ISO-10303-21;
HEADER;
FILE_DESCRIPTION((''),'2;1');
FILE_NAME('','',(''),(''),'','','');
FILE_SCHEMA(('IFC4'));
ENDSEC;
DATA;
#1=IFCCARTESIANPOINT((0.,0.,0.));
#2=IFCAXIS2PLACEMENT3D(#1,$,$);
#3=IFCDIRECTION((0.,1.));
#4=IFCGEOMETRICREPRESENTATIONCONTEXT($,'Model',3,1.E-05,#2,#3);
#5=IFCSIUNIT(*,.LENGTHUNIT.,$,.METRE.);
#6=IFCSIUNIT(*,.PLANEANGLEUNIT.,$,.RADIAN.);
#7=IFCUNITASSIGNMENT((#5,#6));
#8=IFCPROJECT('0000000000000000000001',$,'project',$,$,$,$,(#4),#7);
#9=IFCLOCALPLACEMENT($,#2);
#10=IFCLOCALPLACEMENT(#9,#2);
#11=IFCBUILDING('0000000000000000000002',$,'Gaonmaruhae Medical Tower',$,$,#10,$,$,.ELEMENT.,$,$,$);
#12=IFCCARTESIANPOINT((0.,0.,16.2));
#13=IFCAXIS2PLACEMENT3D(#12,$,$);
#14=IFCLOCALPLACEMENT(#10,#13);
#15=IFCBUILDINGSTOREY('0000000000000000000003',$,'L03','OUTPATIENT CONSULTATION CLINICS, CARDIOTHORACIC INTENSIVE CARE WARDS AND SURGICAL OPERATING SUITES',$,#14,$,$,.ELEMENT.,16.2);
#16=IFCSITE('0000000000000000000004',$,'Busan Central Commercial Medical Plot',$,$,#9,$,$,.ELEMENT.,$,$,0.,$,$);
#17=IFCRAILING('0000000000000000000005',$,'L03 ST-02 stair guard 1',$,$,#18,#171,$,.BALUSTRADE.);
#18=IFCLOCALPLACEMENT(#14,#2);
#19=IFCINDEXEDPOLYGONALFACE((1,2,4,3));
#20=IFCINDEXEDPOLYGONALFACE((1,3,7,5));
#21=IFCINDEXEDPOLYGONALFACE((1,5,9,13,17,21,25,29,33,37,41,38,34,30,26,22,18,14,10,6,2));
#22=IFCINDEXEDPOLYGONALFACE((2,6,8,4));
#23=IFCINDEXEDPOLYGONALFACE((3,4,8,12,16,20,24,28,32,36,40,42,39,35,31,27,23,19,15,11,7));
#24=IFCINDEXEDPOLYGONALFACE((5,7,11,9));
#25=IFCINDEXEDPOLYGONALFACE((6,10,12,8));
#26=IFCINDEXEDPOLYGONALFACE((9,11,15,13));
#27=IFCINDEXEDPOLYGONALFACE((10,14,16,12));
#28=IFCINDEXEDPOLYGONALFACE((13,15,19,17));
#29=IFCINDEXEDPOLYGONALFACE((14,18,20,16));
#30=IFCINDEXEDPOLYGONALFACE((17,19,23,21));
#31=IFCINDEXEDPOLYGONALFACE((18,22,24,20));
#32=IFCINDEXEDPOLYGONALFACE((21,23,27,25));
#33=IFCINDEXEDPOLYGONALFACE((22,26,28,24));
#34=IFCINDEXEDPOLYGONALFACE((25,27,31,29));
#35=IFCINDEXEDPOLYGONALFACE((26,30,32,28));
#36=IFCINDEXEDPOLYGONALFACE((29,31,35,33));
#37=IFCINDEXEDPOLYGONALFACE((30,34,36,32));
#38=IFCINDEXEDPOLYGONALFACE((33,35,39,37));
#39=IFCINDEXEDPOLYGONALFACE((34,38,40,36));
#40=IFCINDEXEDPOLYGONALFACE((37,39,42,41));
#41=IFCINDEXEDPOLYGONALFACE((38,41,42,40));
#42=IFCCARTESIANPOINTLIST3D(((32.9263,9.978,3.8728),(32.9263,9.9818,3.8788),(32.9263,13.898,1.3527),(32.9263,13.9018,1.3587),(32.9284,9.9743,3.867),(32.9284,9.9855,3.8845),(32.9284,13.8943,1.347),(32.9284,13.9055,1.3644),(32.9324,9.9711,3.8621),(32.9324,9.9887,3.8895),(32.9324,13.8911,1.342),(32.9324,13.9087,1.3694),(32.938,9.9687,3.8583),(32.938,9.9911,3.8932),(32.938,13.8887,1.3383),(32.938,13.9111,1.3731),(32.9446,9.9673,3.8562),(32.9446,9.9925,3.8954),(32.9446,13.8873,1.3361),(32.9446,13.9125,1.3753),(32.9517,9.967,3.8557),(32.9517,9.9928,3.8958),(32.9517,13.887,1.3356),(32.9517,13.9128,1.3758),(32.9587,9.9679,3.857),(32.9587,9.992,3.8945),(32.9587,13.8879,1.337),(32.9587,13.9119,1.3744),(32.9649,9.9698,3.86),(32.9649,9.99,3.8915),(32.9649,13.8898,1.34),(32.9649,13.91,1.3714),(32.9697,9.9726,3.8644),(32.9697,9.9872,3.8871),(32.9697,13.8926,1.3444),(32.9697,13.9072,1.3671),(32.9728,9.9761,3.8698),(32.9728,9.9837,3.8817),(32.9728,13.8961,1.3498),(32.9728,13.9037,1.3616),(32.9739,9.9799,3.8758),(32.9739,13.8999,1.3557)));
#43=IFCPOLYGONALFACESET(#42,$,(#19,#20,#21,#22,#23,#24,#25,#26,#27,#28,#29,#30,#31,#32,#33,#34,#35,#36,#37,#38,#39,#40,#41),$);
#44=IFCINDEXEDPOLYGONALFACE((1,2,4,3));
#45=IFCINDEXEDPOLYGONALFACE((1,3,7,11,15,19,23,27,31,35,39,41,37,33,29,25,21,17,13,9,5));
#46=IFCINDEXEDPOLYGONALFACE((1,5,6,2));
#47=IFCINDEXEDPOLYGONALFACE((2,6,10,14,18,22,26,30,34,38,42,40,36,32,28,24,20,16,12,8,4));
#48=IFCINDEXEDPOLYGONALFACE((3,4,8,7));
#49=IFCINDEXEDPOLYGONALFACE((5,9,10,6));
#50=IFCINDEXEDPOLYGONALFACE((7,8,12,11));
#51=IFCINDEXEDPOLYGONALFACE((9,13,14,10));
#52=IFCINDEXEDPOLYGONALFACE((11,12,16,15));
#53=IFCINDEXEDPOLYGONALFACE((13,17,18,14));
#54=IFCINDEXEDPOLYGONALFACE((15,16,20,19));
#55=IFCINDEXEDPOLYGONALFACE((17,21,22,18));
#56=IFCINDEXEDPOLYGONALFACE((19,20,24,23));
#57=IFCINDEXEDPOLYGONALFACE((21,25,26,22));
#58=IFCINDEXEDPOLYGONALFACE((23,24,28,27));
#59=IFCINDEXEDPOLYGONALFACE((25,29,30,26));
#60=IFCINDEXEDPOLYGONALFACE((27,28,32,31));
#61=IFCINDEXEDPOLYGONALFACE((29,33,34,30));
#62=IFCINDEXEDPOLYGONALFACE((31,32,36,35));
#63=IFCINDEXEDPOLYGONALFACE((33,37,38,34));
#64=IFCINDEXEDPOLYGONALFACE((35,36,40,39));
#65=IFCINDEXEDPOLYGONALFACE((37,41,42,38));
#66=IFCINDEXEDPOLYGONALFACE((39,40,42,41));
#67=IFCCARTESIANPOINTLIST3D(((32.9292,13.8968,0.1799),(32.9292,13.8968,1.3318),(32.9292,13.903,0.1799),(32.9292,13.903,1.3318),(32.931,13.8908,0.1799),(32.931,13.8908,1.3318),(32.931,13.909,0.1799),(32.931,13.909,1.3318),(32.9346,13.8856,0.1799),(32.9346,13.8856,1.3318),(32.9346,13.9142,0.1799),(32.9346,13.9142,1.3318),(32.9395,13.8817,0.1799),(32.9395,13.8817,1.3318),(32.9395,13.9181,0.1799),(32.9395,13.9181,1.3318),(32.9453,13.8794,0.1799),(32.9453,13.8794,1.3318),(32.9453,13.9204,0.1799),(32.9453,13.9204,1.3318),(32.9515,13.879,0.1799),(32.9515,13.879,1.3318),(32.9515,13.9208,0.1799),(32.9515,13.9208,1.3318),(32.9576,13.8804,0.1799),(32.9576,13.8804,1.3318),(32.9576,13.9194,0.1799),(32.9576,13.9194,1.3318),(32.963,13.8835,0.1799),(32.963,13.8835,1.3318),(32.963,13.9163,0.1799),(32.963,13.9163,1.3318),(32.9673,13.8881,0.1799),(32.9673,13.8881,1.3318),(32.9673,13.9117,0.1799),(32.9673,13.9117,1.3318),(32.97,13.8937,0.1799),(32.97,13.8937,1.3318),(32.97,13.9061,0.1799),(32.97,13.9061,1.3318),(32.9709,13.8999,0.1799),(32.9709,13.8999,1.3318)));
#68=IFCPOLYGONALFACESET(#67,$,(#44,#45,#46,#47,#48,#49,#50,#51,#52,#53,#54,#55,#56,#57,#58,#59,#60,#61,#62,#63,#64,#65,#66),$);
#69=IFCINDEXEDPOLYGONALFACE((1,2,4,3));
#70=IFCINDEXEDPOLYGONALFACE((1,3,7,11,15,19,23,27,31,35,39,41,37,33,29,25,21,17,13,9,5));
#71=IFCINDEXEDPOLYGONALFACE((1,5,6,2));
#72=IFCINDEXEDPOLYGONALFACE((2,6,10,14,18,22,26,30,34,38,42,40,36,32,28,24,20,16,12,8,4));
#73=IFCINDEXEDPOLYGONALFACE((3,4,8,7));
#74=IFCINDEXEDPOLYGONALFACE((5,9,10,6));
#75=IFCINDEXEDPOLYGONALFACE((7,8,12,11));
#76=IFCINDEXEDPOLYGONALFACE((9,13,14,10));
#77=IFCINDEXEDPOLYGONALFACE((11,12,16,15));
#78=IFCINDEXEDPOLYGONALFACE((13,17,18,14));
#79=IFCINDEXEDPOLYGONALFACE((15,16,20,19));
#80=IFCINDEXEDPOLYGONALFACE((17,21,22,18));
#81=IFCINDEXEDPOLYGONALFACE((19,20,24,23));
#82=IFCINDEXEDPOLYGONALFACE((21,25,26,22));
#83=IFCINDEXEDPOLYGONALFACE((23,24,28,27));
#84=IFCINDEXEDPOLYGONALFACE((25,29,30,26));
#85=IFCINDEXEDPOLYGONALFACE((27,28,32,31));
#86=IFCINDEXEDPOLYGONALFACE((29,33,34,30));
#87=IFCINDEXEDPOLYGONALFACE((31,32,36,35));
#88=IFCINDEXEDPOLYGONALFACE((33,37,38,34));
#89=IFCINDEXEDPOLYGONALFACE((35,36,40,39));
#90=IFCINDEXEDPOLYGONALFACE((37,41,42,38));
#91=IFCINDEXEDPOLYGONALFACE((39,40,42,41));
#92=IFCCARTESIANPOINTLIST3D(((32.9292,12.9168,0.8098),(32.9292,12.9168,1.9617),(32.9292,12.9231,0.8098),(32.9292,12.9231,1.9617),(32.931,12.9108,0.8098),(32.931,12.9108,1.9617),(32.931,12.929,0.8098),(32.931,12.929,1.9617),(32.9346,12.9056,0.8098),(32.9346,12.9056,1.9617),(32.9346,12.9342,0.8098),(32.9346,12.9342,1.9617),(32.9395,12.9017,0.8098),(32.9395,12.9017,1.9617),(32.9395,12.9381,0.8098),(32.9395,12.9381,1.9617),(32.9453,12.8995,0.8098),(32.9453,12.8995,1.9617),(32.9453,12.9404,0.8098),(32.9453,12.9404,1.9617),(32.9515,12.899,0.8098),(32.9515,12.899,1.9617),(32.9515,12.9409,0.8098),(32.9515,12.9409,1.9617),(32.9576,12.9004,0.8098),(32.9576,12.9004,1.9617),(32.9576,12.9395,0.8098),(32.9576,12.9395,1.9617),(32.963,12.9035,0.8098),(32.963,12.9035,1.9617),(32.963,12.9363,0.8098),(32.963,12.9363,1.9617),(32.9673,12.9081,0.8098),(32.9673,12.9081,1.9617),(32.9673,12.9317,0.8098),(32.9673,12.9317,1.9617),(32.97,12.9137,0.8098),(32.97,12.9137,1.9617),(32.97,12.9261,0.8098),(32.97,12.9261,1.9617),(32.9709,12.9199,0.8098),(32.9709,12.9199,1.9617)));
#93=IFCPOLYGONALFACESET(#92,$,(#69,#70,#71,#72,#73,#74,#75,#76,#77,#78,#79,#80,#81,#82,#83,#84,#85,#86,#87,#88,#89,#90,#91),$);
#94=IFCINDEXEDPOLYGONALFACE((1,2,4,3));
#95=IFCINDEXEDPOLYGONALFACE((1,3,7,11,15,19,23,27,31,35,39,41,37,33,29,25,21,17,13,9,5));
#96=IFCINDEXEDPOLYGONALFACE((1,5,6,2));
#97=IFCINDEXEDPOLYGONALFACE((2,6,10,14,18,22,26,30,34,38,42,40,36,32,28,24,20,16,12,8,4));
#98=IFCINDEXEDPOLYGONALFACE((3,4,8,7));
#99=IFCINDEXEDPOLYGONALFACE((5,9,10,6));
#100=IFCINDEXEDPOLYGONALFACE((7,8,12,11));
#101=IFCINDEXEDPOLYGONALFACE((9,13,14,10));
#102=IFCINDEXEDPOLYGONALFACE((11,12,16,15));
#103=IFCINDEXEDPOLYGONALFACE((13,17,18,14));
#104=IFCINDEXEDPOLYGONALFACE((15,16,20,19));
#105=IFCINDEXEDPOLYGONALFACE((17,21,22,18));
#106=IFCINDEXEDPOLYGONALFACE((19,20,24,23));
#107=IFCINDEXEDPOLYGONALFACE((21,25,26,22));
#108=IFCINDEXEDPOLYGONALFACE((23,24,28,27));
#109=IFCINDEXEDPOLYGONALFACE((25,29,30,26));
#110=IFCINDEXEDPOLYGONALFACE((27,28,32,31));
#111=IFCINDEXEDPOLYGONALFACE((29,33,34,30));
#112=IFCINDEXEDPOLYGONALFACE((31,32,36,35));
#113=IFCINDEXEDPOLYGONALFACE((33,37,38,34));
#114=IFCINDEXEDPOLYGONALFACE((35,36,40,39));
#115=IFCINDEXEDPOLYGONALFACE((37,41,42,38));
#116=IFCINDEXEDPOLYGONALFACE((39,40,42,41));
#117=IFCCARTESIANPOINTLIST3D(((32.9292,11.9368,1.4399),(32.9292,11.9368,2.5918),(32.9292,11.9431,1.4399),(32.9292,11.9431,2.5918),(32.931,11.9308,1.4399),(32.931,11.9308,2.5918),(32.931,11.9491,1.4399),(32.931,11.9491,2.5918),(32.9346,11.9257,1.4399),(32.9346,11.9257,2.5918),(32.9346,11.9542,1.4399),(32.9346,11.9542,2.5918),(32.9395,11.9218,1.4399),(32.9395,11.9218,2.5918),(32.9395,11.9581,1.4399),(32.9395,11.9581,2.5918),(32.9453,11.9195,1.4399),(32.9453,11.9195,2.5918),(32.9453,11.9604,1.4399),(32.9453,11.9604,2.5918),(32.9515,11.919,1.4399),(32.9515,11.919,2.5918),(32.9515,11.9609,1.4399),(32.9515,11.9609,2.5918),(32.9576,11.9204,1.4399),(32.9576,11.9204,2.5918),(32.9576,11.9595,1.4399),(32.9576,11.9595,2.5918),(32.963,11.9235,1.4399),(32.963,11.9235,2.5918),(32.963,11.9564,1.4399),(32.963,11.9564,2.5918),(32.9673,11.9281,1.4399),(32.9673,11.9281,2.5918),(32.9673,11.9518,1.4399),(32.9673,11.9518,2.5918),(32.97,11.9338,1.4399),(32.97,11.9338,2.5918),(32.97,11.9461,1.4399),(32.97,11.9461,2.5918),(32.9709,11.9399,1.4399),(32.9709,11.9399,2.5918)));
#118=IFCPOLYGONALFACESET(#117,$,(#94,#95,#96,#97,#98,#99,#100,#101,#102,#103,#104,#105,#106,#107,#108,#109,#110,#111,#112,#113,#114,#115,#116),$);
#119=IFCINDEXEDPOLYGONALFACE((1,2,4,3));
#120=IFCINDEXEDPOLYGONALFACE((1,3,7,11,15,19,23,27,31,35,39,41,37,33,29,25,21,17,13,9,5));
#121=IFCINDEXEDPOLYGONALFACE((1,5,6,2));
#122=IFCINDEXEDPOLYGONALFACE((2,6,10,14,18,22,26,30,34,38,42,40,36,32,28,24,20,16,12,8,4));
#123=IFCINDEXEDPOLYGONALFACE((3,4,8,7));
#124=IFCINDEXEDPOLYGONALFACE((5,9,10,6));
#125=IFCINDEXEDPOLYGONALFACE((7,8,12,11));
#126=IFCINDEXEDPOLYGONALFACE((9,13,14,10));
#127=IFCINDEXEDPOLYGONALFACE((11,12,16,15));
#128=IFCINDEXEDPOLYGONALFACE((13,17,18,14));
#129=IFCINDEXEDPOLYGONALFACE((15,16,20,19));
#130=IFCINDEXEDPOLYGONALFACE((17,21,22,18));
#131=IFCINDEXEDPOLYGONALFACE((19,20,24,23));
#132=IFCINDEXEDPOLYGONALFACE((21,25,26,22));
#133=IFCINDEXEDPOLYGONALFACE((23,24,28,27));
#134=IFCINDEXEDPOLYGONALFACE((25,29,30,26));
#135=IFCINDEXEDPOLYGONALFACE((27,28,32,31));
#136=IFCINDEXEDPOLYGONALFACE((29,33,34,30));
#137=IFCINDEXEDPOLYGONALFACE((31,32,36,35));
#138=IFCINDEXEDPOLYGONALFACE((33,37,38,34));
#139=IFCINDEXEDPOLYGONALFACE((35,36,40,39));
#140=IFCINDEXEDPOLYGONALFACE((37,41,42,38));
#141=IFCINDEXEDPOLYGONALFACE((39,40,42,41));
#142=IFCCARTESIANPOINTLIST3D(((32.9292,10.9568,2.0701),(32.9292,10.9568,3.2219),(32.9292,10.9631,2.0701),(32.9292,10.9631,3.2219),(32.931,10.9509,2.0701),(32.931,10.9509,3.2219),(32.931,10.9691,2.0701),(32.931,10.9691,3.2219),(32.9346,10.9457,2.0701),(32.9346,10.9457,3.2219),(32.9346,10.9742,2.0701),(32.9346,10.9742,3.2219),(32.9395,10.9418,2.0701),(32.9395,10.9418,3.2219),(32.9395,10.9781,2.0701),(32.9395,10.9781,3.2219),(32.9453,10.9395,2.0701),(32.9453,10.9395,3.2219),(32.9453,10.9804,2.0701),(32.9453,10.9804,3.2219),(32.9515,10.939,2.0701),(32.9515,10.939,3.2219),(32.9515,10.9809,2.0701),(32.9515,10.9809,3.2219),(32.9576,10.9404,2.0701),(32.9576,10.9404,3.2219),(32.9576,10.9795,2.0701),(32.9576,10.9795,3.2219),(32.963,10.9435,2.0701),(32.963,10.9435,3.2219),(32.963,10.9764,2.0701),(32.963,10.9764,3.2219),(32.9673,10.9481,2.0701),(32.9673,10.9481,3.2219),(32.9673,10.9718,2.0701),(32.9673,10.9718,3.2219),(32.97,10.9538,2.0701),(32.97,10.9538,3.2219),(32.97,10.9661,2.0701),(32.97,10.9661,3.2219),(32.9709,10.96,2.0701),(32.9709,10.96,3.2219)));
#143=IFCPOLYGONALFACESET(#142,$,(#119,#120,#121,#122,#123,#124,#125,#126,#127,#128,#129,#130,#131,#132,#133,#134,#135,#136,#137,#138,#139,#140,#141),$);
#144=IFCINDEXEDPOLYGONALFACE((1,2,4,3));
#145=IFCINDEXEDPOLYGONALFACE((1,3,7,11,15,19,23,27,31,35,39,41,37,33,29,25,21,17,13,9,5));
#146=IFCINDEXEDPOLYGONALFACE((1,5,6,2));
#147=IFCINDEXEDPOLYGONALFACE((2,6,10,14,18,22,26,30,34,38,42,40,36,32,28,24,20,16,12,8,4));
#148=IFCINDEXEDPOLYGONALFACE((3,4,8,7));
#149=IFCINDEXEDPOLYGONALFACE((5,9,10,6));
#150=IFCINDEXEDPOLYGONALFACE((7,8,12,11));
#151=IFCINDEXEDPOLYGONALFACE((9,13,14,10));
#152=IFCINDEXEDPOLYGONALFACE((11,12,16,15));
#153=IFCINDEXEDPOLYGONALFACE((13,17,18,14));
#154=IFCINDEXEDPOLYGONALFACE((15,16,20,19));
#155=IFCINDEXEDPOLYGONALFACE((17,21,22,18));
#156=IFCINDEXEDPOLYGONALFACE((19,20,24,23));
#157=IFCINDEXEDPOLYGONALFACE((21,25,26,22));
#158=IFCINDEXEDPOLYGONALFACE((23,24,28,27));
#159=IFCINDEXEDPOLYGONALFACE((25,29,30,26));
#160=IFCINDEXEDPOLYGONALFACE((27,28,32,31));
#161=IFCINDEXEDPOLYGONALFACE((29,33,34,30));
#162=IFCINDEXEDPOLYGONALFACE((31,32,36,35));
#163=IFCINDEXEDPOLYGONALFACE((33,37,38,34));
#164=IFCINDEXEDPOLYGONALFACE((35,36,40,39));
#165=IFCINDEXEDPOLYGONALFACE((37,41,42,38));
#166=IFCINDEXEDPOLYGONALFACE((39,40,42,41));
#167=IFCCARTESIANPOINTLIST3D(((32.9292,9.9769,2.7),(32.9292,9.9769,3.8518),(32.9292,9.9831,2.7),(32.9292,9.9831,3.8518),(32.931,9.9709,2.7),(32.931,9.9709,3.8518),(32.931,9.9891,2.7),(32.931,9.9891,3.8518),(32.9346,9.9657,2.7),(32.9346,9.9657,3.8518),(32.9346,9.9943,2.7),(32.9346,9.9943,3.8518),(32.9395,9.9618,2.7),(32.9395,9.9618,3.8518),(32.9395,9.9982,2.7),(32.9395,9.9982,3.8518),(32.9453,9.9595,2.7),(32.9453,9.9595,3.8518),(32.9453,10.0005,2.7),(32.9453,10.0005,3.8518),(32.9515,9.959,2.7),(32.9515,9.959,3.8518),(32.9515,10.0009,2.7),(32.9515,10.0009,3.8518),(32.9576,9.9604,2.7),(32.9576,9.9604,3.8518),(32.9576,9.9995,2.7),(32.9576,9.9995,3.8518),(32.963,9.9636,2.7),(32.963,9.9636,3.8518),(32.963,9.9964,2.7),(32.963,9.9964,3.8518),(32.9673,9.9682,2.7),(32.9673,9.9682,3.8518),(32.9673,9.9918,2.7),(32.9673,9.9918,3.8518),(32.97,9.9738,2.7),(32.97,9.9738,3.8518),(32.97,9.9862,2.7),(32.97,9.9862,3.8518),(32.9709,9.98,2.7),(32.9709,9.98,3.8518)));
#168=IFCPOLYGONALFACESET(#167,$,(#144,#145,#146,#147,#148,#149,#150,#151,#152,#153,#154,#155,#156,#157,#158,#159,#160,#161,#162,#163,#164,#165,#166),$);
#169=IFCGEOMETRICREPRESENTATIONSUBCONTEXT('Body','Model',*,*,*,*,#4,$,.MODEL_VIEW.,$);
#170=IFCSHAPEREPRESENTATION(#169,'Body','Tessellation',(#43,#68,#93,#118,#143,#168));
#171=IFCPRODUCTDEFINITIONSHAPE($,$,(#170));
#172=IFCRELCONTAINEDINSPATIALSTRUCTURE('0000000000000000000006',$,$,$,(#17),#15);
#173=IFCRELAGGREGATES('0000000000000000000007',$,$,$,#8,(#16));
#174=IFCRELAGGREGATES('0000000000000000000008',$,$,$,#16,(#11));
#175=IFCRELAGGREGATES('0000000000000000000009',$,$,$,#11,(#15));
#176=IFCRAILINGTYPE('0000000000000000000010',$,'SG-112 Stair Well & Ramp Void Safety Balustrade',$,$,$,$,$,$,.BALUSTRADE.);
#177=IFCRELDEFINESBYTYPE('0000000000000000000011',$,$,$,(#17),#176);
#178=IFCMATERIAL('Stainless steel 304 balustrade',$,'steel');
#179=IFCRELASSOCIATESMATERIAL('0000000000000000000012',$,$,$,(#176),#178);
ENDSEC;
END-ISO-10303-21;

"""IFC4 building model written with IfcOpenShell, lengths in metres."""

from ifc_helpers import new_model, si_unit, direction, frame, origin, origin_2d, place, context, subcontext, project, spatial, circle, extrude, material, type_object, element, save


model = new_model("IFC4")

# Units and contexts
model_context = context("Model", 3, precision=1e-05, world=origin(), true_north=direction((0.0, 1.0)))
body_context = subcontext(model_context, "Body", "Model", "MODEL_VIEW")
ifc_project = project(units=[si_unit("LENGTHUNIT", "METRE"), si_unit("PLANEANGLEUNIT", "RADIAN")], contexts=[model_context])

# Site, building, storey
site_placement = place(None, origin())
site = spatial("IfcSite", under=ifc_project, at=site_placement, Name="Busan Central Commercial Medical Plot", CompositionType="ELEMENT", RefElevation=0.0)
building_placement = place(site_placement, origin())
building = spatial("IfcBuilding", under=site, at=building_placement, Name="Gaonmaruhae Medical Tower", CompositionType="ELEMENT")
storey_placement = place(building_placement, frame((0.0, 0.0, 16.2)))
storey = spatial("IfcBuildingStorey", under=building, at=storey_placement, Name="L03", Description="OUTPATIENT CONSULTATION CLINICS, CARDIOTHORACIC INTENSIVE CARE WARDS AND SURGICAL OPERATING SUITES", CompositionType="ELEMENT", Elevation=16.2)

# Railing
ifc_material_1 = material(Name="Stainless steel 304 balustrade", Category="steel")
railing_type_1 = type_object("IfcRailingType", Name="SG-112 Stair Well & Ramp Void Safety Balustrade", PredefinedType="BALUSTRADE", material=ifc_material_1)
railing_1_placement = place(storey_placement, frame((32.95, 13.8999, 0.1799)))
element("IfcRailing", 1, at=railing_1_placement, inside=storey, type_object=railing_type_1, Name="L03 ST-02 stair guard 1", PredefinedType="BALUSTRADE", context=body_context, shape_type="SweptSolid", body=[
    extrude(circle(Radius=0.0239, at=origin_2d()), frame((0.0, 0.0, 1.1758), z_axis=(0.0, -0.841172, 0.540768), x_axis=(1.0, 0.0, 0.0)), (0.0, 0.0, 1.0), 4.6602),
    extrude(circle(Radius=0.021, at=origin_2d()), origin(), (0.0, 0.0, 1.0), 1.1519),
    extrude(circle(Radius=0.021, at=origin_2d()), frame((0.0, -0.98, 0.6299)), (0.0, 0.0, 1.0), 1.1519),
    extrude(circle(Radius=0.021, at=origin_2d()), frame((0.0, -1.96, 1.26)), (0.0, 0.0, 1.0), 1.1519),
    extrude(circle(Radius=0.021, at=origin_2d()), frame((0.0, -2.9399, 1.8901)), (0.0, 0.0, 1.0), 1.1519),
    extrude(circle(Radius=0.021, at=origin_2d()), frame((0.0, -3.9199, 2.52)), (0.0, 0.0, 1.0), 1.1519),
])

save(model, "model.ifc")
